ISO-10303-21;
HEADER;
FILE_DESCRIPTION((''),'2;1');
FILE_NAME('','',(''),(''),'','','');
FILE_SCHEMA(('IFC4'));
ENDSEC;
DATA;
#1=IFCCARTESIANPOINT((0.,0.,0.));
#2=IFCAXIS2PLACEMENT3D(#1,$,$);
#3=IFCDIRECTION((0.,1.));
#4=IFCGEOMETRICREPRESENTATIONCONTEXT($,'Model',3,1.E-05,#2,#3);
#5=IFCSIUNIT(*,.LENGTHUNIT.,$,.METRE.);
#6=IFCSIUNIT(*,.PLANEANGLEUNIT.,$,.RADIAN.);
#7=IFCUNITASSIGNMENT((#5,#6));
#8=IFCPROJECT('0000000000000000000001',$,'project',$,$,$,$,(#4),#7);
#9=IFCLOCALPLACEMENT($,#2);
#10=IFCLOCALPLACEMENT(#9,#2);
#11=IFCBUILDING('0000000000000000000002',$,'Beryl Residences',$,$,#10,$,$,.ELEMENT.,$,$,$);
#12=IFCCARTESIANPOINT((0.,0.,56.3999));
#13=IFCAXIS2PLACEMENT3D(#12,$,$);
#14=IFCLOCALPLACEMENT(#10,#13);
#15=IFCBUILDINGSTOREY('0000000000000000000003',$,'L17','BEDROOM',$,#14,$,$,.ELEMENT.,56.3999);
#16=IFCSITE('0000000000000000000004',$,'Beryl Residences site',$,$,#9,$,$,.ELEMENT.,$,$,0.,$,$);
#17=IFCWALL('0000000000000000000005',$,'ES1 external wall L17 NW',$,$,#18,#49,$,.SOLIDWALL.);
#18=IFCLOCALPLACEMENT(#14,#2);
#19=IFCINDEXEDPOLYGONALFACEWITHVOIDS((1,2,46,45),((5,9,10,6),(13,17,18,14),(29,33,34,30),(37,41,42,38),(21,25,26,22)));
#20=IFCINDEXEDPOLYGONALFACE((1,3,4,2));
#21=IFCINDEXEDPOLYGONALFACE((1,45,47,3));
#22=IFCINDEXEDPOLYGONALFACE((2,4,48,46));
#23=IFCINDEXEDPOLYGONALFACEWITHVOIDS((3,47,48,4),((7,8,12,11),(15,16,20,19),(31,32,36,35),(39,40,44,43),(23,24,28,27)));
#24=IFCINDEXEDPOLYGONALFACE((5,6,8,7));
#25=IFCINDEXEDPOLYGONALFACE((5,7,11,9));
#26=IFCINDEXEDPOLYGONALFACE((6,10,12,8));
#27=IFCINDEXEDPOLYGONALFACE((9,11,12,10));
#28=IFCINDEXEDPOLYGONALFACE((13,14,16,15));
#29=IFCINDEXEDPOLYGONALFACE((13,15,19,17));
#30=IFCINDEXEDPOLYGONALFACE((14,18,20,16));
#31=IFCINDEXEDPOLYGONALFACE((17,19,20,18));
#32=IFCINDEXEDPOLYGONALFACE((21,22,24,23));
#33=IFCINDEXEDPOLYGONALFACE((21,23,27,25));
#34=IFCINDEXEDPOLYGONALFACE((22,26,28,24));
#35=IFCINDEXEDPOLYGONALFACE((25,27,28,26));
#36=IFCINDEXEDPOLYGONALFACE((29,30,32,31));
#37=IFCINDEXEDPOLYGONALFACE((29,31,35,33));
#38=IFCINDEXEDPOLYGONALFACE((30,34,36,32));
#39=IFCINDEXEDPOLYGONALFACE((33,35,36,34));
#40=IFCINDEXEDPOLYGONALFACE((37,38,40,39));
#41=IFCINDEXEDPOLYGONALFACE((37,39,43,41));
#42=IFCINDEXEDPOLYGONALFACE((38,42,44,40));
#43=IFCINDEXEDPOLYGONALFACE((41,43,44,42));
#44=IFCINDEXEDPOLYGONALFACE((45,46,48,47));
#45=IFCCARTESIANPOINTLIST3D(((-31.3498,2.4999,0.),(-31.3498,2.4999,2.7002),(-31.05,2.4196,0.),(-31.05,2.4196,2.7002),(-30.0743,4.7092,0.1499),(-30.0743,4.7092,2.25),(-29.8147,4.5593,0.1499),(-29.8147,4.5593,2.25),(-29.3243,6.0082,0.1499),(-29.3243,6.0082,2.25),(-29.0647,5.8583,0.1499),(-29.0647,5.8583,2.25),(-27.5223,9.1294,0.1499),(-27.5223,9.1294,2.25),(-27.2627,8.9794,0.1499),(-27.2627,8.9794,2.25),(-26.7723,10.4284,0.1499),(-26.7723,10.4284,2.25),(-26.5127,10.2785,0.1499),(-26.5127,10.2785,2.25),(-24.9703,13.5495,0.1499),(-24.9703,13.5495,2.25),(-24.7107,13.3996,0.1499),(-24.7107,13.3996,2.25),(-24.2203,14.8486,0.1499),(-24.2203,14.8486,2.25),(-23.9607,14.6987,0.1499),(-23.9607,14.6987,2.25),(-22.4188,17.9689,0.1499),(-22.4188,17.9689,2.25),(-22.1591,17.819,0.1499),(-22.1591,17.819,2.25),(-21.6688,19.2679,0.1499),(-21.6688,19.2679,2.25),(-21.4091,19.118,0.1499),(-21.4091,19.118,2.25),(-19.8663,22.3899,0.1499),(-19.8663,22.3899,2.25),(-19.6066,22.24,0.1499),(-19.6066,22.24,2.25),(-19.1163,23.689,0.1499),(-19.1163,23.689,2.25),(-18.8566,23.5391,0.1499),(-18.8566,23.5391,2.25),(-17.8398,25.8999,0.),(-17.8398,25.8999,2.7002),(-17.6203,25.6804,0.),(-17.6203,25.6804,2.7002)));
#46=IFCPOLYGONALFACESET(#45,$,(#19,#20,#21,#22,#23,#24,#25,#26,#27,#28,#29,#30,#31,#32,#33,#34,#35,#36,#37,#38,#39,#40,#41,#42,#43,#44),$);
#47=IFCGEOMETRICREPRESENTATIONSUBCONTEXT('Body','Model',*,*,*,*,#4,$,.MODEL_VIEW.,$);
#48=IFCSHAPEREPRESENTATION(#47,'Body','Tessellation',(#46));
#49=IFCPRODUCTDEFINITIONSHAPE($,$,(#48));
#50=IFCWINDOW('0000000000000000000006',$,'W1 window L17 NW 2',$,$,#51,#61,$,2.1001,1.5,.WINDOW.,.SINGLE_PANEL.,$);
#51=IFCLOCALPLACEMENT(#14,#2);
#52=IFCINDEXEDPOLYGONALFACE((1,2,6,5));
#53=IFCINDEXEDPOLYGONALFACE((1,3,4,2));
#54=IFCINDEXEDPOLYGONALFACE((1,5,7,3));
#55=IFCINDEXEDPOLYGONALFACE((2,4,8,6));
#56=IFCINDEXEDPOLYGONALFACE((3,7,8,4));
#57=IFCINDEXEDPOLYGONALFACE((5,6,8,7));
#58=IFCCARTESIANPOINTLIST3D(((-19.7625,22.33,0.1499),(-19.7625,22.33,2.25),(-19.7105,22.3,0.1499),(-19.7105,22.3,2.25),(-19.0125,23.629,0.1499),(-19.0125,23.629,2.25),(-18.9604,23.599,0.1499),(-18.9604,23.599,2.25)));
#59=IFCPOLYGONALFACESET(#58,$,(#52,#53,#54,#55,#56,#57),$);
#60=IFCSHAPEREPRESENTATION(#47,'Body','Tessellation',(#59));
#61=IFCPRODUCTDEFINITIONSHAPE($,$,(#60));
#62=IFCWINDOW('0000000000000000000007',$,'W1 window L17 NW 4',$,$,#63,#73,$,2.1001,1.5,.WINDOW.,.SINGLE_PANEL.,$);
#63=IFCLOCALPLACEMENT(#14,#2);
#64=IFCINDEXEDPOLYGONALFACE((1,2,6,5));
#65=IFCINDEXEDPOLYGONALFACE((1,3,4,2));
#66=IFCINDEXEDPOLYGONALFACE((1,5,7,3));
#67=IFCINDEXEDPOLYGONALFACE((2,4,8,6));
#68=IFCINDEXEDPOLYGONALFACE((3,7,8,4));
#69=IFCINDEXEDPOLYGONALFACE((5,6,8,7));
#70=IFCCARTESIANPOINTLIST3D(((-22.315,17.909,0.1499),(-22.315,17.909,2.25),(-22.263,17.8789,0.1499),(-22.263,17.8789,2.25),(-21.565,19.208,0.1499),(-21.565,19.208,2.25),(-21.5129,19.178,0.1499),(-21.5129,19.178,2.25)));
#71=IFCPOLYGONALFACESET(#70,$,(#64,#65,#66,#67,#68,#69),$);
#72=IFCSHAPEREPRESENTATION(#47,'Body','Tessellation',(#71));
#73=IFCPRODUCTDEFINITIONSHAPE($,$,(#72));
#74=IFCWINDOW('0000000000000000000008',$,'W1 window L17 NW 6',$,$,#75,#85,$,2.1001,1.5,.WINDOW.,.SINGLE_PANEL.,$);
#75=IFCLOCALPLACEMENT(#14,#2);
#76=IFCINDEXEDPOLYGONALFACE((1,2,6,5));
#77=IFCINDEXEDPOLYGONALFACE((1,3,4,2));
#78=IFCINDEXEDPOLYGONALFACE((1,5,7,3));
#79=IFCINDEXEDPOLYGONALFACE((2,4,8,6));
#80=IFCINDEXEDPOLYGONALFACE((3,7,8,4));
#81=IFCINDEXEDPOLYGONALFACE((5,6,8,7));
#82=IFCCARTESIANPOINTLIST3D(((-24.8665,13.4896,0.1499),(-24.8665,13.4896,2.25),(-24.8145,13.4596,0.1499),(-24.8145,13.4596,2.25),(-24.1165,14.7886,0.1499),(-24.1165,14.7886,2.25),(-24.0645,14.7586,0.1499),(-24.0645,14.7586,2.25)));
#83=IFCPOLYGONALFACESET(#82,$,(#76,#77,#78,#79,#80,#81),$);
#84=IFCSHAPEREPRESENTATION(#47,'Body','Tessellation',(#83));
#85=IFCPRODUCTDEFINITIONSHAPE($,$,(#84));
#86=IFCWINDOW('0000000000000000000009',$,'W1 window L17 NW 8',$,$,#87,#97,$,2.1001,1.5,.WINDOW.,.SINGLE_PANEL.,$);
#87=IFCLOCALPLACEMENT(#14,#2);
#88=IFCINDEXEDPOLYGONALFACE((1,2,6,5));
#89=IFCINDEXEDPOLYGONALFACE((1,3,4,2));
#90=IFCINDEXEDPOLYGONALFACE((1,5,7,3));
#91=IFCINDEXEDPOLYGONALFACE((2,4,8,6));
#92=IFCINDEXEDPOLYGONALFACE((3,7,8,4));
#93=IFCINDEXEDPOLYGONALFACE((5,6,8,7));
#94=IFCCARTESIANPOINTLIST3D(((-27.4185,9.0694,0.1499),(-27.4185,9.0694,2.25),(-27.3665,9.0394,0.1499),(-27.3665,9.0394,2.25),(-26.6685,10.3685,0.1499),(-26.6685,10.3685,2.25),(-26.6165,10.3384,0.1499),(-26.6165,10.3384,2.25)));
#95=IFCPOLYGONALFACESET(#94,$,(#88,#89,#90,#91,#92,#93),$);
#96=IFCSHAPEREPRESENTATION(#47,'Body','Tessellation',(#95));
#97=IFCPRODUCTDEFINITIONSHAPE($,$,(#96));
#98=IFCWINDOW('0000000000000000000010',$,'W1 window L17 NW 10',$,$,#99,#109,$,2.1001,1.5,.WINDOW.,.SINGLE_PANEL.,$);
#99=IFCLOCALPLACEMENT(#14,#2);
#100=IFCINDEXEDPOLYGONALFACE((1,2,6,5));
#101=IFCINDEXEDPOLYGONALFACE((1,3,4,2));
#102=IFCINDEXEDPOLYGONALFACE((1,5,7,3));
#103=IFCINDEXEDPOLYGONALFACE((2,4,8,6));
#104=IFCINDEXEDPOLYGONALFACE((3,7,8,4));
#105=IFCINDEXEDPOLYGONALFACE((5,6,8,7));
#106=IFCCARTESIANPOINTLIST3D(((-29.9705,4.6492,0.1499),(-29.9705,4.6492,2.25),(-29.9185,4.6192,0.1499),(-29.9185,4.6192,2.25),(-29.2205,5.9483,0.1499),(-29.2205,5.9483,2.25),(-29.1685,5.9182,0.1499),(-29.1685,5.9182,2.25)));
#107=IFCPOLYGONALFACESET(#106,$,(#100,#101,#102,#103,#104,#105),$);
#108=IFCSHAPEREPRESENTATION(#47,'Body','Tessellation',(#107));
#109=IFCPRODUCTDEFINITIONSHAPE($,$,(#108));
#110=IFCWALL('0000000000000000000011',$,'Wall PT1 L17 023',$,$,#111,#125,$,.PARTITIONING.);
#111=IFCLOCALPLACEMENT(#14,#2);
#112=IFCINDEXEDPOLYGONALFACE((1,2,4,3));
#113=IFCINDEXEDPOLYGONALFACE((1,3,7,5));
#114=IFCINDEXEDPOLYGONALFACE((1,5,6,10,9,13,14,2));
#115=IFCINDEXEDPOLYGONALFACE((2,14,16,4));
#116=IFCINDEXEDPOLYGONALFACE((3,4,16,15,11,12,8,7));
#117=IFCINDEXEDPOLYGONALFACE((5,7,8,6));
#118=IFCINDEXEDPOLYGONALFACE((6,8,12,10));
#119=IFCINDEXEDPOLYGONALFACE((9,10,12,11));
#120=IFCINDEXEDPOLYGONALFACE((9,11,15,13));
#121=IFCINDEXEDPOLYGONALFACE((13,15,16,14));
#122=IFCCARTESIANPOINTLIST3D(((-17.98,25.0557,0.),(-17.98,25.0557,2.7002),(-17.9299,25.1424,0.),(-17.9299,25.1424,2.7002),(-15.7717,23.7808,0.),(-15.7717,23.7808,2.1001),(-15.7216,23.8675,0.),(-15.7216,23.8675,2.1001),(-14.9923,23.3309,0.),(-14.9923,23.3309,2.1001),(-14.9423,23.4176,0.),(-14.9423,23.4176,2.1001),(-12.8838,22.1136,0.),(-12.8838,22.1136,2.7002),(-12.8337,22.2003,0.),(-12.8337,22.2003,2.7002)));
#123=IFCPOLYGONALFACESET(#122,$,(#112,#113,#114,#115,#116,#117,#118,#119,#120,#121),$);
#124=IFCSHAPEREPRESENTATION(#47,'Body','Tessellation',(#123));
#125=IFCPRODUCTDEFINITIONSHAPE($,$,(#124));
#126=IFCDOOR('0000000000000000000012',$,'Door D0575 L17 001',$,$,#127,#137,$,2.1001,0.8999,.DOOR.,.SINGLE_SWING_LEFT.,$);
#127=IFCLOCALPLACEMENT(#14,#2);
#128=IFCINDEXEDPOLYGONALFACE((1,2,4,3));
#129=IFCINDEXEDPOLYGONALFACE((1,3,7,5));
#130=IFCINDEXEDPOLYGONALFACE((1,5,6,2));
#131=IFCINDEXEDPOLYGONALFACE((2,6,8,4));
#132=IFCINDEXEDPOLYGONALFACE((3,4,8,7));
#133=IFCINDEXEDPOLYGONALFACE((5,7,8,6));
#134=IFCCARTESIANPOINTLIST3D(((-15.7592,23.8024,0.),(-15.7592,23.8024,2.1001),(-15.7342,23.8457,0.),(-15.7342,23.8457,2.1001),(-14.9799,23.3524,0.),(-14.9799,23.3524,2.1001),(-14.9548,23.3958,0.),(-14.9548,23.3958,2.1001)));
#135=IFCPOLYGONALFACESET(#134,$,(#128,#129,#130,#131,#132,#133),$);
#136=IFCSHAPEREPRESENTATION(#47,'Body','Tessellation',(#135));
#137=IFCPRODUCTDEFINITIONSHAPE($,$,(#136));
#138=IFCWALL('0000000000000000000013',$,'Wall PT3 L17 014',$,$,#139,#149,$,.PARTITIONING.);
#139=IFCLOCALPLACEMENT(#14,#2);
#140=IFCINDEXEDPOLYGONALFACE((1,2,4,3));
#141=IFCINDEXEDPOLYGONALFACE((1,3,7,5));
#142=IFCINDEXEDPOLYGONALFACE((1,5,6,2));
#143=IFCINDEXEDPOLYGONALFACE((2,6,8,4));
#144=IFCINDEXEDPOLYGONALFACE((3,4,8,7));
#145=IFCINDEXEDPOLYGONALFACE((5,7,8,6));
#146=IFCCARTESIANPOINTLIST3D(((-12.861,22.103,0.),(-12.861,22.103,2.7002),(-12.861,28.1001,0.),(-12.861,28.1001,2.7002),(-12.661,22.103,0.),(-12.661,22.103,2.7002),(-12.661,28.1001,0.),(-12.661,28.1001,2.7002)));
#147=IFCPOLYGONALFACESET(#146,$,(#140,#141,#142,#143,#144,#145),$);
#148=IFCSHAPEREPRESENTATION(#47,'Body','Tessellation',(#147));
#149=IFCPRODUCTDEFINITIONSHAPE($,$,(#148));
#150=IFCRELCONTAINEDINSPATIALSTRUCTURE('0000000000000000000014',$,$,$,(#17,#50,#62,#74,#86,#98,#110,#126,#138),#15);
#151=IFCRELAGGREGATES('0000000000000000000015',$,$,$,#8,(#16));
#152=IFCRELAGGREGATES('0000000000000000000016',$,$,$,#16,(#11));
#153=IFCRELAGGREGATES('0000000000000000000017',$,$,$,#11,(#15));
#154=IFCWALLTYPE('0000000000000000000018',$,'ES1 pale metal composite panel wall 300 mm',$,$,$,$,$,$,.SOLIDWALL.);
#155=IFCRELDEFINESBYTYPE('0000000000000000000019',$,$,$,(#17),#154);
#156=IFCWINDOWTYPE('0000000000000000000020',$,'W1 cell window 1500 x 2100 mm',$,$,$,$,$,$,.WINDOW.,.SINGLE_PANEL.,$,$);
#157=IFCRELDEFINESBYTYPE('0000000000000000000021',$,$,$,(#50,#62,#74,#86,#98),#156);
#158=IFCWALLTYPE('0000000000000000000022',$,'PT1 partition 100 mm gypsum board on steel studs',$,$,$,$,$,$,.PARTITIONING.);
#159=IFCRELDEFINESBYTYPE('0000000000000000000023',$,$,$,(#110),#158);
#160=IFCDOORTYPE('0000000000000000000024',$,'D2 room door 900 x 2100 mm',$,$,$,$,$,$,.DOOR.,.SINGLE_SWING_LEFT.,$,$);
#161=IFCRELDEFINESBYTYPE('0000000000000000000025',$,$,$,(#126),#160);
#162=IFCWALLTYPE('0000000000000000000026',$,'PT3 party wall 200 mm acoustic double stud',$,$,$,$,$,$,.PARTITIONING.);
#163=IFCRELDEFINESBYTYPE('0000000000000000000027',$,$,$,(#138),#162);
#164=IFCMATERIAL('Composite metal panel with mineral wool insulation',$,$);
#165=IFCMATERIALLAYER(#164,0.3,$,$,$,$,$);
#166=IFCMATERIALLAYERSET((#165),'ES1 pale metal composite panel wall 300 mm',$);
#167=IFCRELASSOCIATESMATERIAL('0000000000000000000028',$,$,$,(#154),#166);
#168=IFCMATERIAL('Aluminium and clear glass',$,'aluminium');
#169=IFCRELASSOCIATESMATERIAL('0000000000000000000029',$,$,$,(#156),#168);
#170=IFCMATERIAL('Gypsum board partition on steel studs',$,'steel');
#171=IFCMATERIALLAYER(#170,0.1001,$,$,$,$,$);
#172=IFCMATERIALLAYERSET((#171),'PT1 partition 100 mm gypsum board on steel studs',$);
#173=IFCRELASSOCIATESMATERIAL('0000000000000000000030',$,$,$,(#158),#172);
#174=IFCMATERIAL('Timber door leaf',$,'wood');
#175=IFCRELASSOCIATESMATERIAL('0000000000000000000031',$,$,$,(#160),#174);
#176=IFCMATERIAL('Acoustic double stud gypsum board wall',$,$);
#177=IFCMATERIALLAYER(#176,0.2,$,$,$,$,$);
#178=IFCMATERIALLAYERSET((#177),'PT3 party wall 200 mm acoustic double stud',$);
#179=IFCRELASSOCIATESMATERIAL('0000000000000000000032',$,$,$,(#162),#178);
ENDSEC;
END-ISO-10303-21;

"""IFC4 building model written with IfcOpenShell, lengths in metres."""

from ifc_helpers import new_model, si_unit, direction, frame, frame_2d, origin, place, context, subcontext, project, spatial, polyline, rectangle, outline, extrude, material, layer, layer_set, type_object, element, fill, save


model = new_model("IFC4")

# Units and contexts
model_context = context("Model", 3, precision=1e-05, world=origin(), true_north=direction((0.0, 1.0)))
body_context = subcontext(model_context, "Body", "Model", "MODEL_VIEW")
ifc_project = project(units=[si_unit("LENGTHUNIT", "METRE"), si_unit("PLANEANGLEUNIT", "RADIAN")], contexts=[model_context])

# Site, building, storey
site_placement = place(None, origin())
site = spatial("IfcSite", under=ifc_project, at=site_placement, Name="Beryl Residences site", CompositionType="ELEMENT", RefElevation=0.0)
building_placement = place(site_placement, origin())
building = spatial("IfcBuilding", under=site, at=building_placement, Name="Beryl Residences", CompositionType="ELEMENT")
storey_placement = place(building_placement, frame((0.0, 0.0, 56.3999)))
storey = spatial("IfcBuildingStorey", under=building, at=storey_placement, Name="L17", Description="BEDROOM", CompositionType="ELEMENT", Elevation=56.3999)

# Shared definitions
ifc_material_1 = material(Name="Composite metal panel with mineral wool insulation")
ifc_layer_1 = layer(ifc_material_1, 0.3)
ifc_layer_set_1 = layer_set([ifc_layer_1], Name="ES1 pale metal composite panel wall 300 mm")
wall_type_1 = type_object("IfcWallType", Name="ES1 pale metal composite panel wall 300 mm", PredefinedType="SOLIDWALL", material=ifc_layer_set_1)

# Wall, openings, windows
wall_1_placement = place(storey_placement, frame((-17.71, 25.825, 0.0), z_axis=(0.0, 0.0, 1.0), x_axis=(-0.500002, -0.866024, 0.0)))
wall_1 = element("IfcWall", 1, at=wall_1_placement, inside=storey, type_object=wall_type_1, Name="ES1 external wall L17 NW", PredefinedType="SOLIDWALL", context=body_context, shape_type="SweptSolid", body=[
    extrude(outline(polyline([(0.0, -0.1499), (27.02, -0.1499), (26.9397, 0.1499), (0.0803, 0.1499), (0.0, -0.1499)])), origin(), (0.0, 0.0, 1.0), 2.7002),
])
opening_1_placement = place(wall_1_placement, frame((2.553, 0.0, 0.1499)))
opening_1 = element("IfcOpeningElement", 2, at=opening_1_placement, cuts=wall_1, PredefinedType="OPENING", context=body_context, shape_type="SweptSolid", body=[
    extrude(rectangle(XDim=1.5, YDim=2.1001, at=frame_2d((0.75, 1.05))), frame((0.0, 0.1599, 0.0), z_axis=(0.0, -1.0, 0.0), x_axis=(1.0, 0.0, 0.0)), (0.0, 0.0, 1.0), 0.3201),
])
opening_2_placement = place(wall_1_placement, frame((7.658, 0.0, 0.1499)))
opening_2 = element("IfcOpeningElement", 3, at=opening_2_placement, cuts=wall_1, PredefinedType="OPENING", context=body_context, shape_type="SweptSolid", body=[
    extrude(rectangle(XDim=1.5, YDim=2.1001, at=frame_2d((0.75, 1.05))), frame((0.0, 0.1599, 0.0), z_axis=(0.0, -1.0, 0.0), x_axis=(1.0, 0.0, 0.0)), (0.0, 0.0, 1.0), 0.3201),
])
opening_3_placement = place(wall_1_placement, frame((12.761, 0.0, 0.1499)))
opening_3 = element("IfcOpeningElement", 4, at=opening_3_placement, cuts=wall_1, PredefinedType="OPENING", context=body_context, shape_type="SweptSolid", body=[
    extrude(rectangle(XDim=1.5, YDim=2.1001, at=frame_2d((0.75, 1.05))), frame((0.0, 0.1599, 0.0), z_axis=(0.0, -1.0, 0.0), x_axis=(1.0, 0.0, 0.0)), (0.0, 0.0, 1.0), 0.3201),
])
opening_4_placement = place(wall_1_placement, frame((17.865, 0.0, 0.1499)))
opening_4 = element("IfcOpeningElement", 5, at=opening_4_placement, cuts=wall_1, PredefinedType="OPENING", context=body_context, shape_type="SweptSolid", body=[
    extrude(rectangle(XDim=1.5, YDim=2.1001, at=frame_2d((0.75, 1.05))), frame((0.0, 0.1599, 0.0), z_axis=(0.0, -1.0, 0.0), x_axis=(1.0, 0.0, 0.0)), (0.0, 0.0, 1.0), 0.3201),
])
opening_5_placement = place(wall_1_placement, frame((22.969, 0.0, 0.1499)))
opening_5 = element("IfcOpeningElement", 6, at=opening_5_placement, cuts=wall_1, PredefinedType="OPENING", context=body_context, shape_type="SweptSolid", body=[
    extrude(rectangle(XDim=1.5, YDim=2.1001, at=frame_2d((0.75, 1.05))), frame((0.0, 0.1599, 0.0), z_axis=(0.0, -1.0, 0.0), x_axis=(1.0, 0.0, 0.0)), (0.0, 0.0, 1.0), 0.3201),
])
ifc_material_2 = material(Name="Aluminium and clear glass", Category="aluminium")
window_type_1 = type_object("IfcWindowType", Name="W1 cell window 1500 x 2100 mm", PartitioningType="SINGLE_PANEL", PredefinedType="WINDOW", material=ifc_material_2)
window_1_placement = place(opening_1_placement, origin())
window_1 = element("IfcWindow", 7, at=window_1_placement, inside=storey, type_object=window_type_1, Name="W1 window L17 NW 2", OverallHeight=2.1001, OverallWidth=1.5, PartitioningType="SINGLE_PANEL", PredefinedType="WINDOW", context=body_context, shape_type="SweptSolid", body=[
    extrude(rectangle(XDim=1.5, YDim=2.1001, at=frame_2d((0.75, 1.05))), frame((0.0, 0.03, 0.0), z_axis=(0.0, -1.0, 0.0), x_axis=(1.0, 0.0, 0.0)), (0.0, 0.0, 1.0), 0.0601),
])
fill(opening_1, window_1)
window_2_placement = place(opening_2_placement, origin())
window_2 = element("IfcWindow", 8, at=window_2_placement, inside=storey, type_object=window_type_1, Name="W1 window L17 NW 4", OverallHeight=2.1001, OverallWidth=1.5, PartitioningType="SINGLE_PANEL", PredefinedType="WINDOW", context=body_context, shape_type="SweptSolid", body=[
    extrude(rectangle(XDim=1.5, YDim=2.1001, at=frame_2d((0.75, 1.05))), frame((0.0, 0.03, 0.0), z_axis=(0.0, -1.0, 0.0), x_axis=(1.0, 0.0, 0.0)), (0.0, 0.0, 1.0), 0.0601),
])
fill(opening_2, window_2)
window_3_placement = place(opening_3_placement, origin())
window_3 = element("IfcWindow", 9, at=window_3_placement, inside=storey, type_object=window_type_1, Name="W1 window L17 NW 6", OverallHeight=2.1001, OverallWidth=1.5, PartitioningType="SINGLE_PANEL", PredefinedType="WINDOW", context=body_context, shape_type="SweptSolid", body=[
    extrude(rectangle(XDim=1.5, YDim=2.1001, at=frame_2d((0.75, 1.05))), frame((0.0, 0.03, 0.0), z_axis=(0.0, -1.0, 0.0), x_axis=(1.0, 0.0, 0.0)), (0.0, 0.0, 1.0), 0.0601),
])
fill(opening_3, window_3)
window_4_placement = place(opening_4_placement, origin())
window_4 = element("IfcWindow", 10, at=window_4_placement, inside=storey, type_object=window_type_1, Name="W1 window L17 NW 8", OverallHeight=2.1001, OverallWidth=1.5, PartitioningType="SINGLE_PANEL", PredefinedType="WINDOW", context=body_context, shape_type="SweptSolid", body=[
    extrude(rectangle(XDim=1.5, YDim=2.1001, at=frame_2d((0.75, 1.05))), frame((0.0, 0.03, 0.0), z_axis=(0.0, -1.0, 0.0), x_axis=(1.0, 0.0, 0.0)), (0.0, 0.0, 1.0), 0.0601),
])
fill(opening_4, window_4)
window_5_placement = place(opening_5_placement, origin())
window_5 = element("IfcWindow", 11, at=window_5_placement, inside=storey, type_object=window_type_1, Name="W1 window L17 NW 10", OverallHeight=2.1001, OverallWidth=1.5, PartitioningType="SINGLE_PANEL", PredefinedType="WINDOW", context=body_context, shape_type="SweptSolid", body=[
    extrude(rectangle(XDim=1.5, YDim=2.1001, at=frame_2d((0.75, 1.05))), frame((0.0, 0.03, 0.0), z_axis=(0.0, -1.0, 0.0), x_axis=(1.0, 0.0, 0.0)), (0.0, 0.0, 1.0), 0.0601),
])
fill(opening_5, window_5)

# Wall, opening, door
ifc_material_3 = material(Name="Gypsum board partition on steel studs", Category="steel")
ifc_layer_2 = layer(ifc_material_3, 0.1001)
ifc_layer_set_2 = layer_set([ifc_layer_2], Name="PT1 partition 100 mm gypsum board on steel studs")
wall_type_2 = type_object("IfcWallType", Name="PT1 partition 100 mm gypsum board on steel studs", PredefinedType="PARTITIONING", material=ifc_layer_set_2)
wall_2_placement = place(storey_placement, frame((-17.9551, 25.0991, 0.0), z_axis=(0.0, 0.0, 1.0), x_axis=(0.866036, -0.499981, 0.0)))
wall_2 = element("IfcWall", 12, at=wall_2_placement, inside=storey, type_object=wall_type_2, Name="Wall PT1 L17 023", PredefinedType="PARTITIONING", context=body_context, shape_type="SweptSolid", body=[
    extrude(rectangle(XDim=5.8845, YDim=0.1001, at=frame_2d((2.9424, 0.0))), origin(), (0.0, 0.0, 1.0), 2.7002),
])
opening_6_placement = place(wall_2_placement, frame((2.55, 0.0, 0.0)))
opening_6 = element("IfcOpeningElement", 13, at=opening_6_placement, cuts=wall_2, PredefinedType="OPENING", context=body_context, shape_type="SweptSolid", body=[
    extrude(rectangle(XDim=0.8999, YDim=2.1001, at=frame_2d((0.45, 1.05))), frame((0.0, 0.0601, 0.0), z_axis=(0.0, -1.0, 0.0), x_axis=(1.0, 0.0, 0.0)), (0.0, 0.0, 1.0), 0.1201),
])
ifc_material_4 = material(Name="Timber door leaf", Category="wood")
door_type = type_object("IfcDoorType", Name="D2 room door 900 x 2100 mm", OperationType="SINGLE_SWING_LEFT", PredefinedType="DOOR", material=ifc_material_4)
door_placement = place(opening_6_placement, origin())
door = element("IfcDoor", 14, at=door_placement, inside=storey, type_object=door_type, Name="Door D0575 L17 001", OperationType="SINGLE_SWING_LEFT", OverallHeight=2.1001, OverallWidth=0.8999, PredefinedType="DOOR", context=body_context, shape_type="SweptSolid", body=[
    extrude(rectangle(XDim=0.8999, YDim=2.1001, at=frame_2d((0.45, 1.05))), frame((0.0, 0.0249, 0.0), z_axis=(0.0, -1.0, 0.0), x_axis=(1.0, 0.0, 0.0)), (0.0, 0.0, 1.0), 0.05),
])
fill(opening_6, door)

# Wall
ifc_material_5 = material(Name="Acoustic double stud gypsum board wall")
ifc_layer_3 = layer(ifc_material_5, 0.2)
ifc_layer_set_3 = layer_set([ifc_layer_3], Name="PT3 party wall 200 mm acoustic double stud")
wall_type_3 = type_object("IfcWallType", Name="PT3 party wall 200 mm acoustic double stud", PredefinedType="PARTITIONING", material=ifc_layer_set_3)
wall_3_placement = place(storey_placement, frame((-12.761, 22.103, 0.0), z_axis=(0.0, 0.0, 1.0), x_axis=(0.0, 1.0, 0.0)))
element("IfcWall", 15, at=wall_3_placement, inside=storey, type_object=wall_type_3, Name="Wall PT3 L17 014", PredefinedType="PARTITIONING", context=body_context, shape_type="SweptSolid", body=[
    extrude(rectangle(XDim=5.9971, YDim=0.2, at=frame_2d((2.9985, 0.0))), origin(), (0.0, 0.0, 1.0), 2.7002),
])

save(model, "model.ifc")
